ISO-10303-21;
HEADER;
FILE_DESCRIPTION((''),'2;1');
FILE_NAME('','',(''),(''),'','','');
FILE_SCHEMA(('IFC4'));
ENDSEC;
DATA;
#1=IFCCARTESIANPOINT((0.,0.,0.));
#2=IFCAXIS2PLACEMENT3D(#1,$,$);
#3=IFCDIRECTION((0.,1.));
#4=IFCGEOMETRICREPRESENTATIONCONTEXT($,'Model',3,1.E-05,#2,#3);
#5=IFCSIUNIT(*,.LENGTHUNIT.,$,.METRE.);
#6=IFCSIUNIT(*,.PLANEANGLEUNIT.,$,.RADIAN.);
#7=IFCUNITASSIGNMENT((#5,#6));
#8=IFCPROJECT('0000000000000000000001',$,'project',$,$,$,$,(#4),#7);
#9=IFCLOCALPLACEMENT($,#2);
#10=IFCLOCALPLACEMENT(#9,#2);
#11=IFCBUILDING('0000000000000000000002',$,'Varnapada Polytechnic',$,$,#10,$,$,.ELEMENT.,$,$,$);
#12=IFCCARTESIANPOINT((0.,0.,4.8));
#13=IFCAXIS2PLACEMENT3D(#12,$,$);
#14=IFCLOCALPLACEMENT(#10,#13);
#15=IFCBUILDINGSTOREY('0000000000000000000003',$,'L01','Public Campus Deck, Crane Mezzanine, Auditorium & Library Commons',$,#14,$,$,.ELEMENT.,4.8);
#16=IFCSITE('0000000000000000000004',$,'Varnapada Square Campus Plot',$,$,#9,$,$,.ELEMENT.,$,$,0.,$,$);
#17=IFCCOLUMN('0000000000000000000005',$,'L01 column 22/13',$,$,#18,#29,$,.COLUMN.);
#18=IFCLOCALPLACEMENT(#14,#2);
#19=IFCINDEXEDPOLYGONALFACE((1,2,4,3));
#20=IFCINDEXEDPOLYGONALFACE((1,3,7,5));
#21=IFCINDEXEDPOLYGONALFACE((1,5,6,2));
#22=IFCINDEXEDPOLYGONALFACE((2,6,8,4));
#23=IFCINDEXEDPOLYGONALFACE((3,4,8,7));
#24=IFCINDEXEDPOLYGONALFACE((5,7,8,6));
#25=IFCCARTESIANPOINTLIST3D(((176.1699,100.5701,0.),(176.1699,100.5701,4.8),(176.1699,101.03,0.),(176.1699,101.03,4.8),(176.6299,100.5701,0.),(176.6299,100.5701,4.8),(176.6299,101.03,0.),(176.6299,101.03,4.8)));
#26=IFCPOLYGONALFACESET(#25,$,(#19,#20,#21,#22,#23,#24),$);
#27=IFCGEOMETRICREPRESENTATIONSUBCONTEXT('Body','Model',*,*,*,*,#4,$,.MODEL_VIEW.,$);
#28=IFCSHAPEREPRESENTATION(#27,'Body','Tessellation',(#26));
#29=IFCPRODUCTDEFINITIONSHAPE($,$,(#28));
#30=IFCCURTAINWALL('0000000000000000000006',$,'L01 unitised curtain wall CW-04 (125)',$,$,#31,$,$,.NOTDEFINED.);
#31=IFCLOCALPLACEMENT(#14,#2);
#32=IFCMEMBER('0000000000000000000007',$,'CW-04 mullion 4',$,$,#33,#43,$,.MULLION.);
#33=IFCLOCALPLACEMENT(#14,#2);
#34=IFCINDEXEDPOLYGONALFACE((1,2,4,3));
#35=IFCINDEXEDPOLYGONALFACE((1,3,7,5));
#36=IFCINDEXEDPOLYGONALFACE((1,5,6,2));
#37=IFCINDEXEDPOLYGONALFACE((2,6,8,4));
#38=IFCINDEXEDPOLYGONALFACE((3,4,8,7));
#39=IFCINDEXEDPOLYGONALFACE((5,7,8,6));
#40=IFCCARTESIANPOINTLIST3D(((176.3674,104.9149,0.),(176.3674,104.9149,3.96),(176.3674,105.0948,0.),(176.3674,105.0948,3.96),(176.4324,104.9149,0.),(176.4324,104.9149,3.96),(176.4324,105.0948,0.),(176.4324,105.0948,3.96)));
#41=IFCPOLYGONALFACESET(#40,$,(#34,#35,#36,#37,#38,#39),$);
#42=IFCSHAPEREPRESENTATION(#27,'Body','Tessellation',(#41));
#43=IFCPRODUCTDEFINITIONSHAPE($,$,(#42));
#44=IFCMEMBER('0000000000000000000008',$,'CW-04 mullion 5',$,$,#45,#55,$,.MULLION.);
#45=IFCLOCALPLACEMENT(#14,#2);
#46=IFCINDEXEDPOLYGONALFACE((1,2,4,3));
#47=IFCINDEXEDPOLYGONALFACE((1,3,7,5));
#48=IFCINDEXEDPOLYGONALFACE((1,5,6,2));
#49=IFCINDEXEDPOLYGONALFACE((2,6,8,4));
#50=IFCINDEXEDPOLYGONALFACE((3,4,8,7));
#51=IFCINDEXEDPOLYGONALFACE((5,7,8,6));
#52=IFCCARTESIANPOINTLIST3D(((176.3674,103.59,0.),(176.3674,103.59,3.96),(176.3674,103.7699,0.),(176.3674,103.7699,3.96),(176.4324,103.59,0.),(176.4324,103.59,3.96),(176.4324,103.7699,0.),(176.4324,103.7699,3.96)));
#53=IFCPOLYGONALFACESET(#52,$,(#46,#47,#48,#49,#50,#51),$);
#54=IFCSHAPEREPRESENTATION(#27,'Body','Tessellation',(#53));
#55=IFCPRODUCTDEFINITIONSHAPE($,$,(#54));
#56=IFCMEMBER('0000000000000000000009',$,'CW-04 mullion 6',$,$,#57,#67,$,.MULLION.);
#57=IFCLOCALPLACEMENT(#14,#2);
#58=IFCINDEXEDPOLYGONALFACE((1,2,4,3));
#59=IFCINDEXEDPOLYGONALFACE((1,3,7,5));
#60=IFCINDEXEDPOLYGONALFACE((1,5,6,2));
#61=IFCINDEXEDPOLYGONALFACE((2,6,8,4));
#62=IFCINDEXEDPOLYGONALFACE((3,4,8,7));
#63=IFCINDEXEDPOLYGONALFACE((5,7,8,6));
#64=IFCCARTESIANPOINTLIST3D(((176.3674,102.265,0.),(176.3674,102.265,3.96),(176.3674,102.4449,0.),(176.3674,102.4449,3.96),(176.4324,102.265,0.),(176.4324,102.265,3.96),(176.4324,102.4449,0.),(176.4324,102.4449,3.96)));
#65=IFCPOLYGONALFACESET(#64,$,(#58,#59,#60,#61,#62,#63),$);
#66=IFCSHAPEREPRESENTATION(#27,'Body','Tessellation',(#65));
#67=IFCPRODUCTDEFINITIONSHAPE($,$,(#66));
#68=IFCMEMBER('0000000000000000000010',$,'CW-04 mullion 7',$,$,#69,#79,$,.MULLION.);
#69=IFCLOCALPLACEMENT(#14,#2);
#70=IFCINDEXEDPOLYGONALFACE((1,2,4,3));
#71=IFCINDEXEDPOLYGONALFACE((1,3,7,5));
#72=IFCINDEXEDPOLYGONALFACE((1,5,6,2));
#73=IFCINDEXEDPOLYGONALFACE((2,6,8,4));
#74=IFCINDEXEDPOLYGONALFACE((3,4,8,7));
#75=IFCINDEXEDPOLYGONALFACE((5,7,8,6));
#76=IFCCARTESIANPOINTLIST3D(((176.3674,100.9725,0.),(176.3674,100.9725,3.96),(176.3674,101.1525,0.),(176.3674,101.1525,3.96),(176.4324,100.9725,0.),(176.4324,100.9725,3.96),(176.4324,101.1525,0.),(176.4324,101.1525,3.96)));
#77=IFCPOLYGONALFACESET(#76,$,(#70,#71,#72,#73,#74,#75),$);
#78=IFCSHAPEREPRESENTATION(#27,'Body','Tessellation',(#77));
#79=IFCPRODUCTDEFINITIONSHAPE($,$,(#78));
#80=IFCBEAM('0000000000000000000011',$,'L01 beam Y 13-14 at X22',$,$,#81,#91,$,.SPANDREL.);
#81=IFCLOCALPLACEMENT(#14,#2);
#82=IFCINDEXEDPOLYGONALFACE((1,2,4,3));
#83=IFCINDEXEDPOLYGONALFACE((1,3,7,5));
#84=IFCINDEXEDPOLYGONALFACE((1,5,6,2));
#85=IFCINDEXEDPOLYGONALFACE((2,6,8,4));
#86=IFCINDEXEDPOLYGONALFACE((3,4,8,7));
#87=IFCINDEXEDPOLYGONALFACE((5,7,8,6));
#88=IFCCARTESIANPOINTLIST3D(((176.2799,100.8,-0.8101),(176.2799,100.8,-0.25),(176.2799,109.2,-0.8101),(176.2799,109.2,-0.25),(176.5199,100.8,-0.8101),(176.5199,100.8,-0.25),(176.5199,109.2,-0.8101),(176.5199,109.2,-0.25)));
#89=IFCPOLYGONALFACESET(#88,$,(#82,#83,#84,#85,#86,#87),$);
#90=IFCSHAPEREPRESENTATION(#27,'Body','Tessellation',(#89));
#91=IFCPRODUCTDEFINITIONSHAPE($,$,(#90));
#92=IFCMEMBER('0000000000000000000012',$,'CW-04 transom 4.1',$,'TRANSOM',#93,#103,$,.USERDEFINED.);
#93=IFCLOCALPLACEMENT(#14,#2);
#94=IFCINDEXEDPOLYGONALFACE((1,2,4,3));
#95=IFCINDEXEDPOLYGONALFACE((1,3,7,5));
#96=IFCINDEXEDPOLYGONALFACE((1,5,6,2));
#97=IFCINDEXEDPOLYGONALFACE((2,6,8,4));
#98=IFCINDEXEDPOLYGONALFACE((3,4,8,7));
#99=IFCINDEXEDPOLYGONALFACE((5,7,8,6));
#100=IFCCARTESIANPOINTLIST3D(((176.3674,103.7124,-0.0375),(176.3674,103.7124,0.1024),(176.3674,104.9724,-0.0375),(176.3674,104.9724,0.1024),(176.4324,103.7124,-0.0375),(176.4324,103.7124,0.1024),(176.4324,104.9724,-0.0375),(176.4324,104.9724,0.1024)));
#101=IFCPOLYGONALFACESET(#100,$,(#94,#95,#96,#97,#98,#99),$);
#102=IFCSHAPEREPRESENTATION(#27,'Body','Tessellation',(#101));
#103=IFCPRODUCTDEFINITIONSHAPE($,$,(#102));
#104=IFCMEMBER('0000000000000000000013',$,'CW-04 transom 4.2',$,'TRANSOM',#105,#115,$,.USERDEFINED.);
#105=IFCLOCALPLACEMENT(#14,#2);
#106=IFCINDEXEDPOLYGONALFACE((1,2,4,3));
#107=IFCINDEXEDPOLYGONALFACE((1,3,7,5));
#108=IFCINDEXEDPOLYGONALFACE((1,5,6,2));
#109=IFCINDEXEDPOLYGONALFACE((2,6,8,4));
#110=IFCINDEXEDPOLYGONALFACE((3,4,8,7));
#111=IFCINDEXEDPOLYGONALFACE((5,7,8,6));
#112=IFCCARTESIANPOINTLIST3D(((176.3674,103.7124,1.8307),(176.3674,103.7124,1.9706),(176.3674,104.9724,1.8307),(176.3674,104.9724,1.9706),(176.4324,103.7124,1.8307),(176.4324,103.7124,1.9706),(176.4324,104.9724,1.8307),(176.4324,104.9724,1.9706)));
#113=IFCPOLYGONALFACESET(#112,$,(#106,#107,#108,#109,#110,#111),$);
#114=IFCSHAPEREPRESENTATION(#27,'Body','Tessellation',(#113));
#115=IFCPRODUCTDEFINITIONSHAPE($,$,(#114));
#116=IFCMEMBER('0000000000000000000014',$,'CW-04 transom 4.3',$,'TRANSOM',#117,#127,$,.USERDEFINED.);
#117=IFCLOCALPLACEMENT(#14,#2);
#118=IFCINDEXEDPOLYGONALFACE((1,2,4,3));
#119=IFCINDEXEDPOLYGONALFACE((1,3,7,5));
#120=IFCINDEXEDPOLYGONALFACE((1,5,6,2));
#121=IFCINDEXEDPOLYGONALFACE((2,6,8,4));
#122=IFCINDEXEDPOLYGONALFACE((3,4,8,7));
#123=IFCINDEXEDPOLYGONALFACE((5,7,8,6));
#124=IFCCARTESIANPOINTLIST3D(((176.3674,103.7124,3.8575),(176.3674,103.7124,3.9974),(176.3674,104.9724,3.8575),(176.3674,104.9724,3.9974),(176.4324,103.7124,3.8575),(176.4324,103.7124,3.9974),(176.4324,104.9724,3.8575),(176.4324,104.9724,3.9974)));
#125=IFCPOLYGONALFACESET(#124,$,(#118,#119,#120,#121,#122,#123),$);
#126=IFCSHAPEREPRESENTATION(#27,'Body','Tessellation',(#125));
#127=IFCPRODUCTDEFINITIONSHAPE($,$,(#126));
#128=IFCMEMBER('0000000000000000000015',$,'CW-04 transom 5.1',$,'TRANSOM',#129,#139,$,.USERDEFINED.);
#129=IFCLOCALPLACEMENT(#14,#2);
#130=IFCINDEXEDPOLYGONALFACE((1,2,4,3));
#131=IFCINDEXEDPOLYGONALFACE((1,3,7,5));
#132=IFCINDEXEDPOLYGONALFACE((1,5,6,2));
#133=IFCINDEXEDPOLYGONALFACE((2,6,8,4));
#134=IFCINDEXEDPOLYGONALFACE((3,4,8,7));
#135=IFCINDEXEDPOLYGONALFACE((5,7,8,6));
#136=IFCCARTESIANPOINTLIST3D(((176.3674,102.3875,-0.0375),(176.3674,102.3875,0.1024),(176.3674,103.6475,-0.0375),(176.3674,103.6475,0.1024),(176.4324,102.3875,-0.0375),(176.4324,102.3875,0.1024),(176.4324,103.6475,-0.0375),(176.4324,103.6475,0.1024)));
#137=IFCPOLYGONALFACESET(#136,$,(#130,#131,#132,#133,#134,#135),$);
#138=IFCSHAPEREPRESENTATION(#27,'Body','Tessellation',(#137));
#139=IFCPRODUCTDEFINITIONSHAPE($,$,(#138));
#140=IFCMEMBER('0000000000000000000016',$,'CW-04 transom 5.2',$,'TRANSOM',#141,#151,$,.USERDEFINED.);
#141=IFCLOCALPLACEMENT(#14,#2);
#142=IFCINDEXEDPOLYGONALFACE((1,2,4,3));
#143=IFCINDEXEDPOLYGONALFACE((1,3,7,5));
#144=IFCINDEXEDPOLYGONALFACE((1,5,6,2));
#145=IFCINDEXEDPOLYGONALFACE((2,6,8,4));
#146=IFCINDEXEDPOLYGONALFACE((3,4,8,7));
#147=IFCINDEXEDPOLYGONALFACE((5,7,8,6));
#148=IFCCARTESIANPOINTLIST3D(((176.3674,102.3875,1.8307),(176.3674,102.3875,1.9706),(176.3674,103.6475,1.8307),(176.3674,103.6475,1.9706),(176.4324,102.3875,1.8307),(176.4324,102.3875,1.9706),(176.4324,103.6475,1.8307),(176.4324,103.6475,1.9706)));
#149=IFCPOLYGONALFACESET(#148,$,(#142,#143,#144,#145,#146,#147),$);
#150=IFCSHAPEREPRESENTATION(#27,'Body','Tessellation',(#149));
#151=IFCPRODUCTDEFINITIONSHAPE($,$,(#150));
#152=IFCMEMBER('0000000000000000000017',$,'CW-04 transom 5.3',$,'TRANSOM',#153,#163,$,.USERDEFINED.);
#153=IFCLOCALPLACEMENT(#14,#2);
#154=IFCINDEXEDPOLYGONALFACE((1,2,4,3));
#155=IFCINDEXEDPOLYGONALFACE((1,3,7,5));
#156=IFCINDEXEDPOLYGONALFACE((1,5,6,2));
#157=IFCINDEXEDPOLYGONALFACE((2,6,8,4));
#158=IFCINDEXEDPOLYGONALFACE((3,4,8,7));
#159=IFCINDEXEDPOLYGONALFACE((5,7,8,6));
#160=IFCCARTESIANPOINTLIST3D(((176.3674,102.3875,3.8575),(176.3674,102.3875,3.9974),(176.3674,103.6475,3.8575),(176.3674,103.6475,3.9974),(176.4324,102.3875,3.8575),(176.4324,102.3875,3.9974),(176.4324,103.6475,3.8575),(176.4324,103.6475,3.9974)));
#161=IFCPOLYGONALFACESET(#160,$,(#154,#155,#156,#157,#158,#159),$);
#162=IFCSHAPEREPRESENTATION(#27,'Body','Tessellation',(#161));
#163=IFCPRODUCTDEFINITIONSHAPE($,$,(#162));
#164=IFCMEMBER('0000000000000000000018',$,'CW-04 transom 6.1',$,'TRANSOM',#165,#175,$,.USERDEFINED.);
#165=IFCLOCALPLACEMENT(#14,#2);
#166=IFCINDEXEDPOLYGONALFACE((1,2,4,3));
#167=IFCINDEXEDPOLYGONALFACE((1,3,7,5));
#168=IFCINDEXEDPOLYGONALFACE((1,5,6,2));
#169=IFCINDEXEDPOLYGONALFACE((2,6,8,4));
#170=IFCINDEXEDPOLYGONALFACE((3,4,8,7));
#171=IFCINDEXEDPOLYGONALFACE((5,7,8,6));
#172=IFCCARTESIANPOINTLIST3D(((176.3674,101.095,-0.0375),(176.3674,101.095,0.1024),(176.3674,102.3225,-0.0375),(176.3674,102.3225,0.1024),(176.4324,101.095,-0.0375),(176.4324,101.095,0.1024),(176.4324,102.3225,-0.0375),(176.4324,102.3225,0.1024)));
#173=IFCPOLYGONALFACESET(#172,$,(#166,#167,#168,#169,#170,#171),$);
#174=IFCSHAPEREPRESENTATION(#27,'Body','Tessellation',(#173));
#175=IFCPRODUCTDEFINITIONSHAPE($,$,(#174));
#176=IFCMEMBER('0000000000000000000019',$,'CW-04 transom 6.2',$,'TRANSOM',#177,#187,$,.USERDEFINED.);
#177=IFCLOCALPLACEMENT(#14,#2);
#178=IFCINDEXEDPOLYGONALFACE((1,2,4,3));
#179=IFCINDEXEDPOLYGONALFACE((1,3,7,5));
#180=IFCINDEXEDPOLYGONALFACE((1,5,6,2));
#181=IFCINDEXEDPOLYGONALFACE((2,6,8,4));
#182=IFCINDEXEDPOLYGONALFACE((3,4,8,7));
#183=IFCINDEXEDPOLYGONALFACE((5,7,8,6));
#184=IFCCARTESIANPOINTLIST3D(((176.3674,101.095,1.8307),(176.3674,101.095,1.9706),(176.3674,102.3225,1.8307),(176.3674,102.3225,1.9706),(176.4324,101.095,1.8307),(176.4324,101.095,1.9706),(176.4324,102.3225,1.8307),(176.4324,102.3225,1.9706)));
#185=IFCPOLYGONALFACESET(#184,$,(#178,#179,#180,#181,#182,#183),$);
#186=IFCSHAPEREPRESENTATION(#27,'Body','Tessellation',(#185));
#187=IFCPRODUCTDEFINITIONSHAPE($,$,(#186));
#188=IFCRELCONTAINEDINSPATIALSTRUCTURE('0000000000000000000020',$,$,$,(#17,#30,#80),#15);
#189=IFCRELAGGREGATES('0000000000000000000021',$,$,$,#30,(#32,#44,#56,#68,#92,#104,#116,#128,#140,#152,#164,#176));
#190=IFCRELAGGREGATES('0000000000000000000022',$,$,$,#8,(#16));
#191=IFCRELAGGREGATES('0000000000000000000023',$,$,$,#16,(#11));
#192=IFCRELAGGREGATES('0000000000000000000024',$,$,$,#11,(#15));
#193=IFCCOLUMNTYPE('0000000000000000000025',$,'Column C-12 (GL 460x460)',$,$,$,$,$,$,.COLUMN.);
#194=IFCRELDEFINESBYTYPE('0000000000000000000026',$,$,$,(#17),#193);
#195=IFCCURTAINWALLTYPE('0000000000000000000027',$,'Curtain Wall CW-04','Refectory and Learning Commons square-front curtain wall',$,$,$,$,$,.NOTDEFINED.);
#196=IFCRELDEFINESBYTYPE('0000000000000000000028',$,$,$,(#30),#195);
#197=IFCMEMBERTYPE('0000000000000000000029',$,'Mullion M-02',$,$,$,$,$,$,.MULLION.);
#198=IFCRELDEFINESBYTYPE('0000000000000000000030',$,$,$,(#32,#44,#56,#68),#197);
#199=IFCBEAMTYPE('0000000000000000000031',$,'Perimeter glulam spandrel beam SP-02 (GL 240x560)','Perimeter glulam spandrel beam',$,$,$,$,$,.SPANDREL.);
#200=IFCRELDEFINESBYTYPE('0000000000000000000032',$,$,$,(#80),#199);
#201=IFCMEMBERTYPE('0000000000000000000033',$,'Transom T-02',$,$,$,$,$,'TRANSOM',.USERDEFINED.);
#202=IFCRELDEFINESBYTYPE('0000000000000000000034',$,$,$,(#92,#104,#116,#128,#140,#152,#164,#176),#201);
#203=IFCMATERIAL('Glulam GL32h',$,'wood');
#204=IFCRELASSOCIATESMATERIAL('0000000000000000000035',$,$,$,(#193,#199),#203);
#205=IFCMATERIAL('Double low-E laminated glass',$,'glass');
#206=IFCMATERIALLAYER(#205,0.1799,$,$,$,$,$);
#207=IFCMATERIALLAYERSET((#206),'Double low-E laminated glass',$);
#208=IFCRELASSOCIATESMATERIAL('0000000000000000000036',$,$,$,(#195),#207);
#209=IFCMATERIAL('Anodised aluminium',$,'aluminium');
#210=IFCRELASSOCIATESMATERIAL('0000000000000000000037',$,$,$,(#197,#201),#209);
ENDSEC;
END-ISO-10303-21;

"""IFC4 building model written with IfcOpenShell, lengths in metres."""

from ifc_helpers import new_model, si_unit, direction, frame, origin, origin_2d, place, context, subcontext, project, spatial, rectangle, extrude, material, layer, layer_set, material_profile, profile_set, type_object, element, aggregate, save


model = new_model("IFC4")

# Units and contexts
model_context = context("Model", 3, precision=1e-05, world=origin(), true_north=direction((0.0, 1.0)))
body_context = subcontext(model_context, "Body", "Model", "MODEL_VIEW")
ifc_project = project(units=[si_unit("LENGTHUNIT", "METRE"), si_unit("PLANEANGLEUNIT", "RADIAN")], contexts=[model_context])

# Site, building, storey
site_placement = place(None, origin())
site = spatial("IfcSite", under=ifc_project, at=site_placement, Name="Varnapada Square Campus Plot", CompositionType="ELEMENT", RefElevation=0.0)
building_placement = place(site_placement, origin())
building = spatial("IfcBuilding", under=site, at=building_placement, Name="Varnapada Polytechnic", CompositionType="ELEMENT")
storey_placement = place(building_placement, frame((0.0, 0.0, 4.8)))
storey = spatial("IfcBuildingStorey", under=building, at=storey_placement, Name="L01", Description="Public Campus Deck, Crane Mezzanine, Auditorium & Library Commons", CompositionType="ELEMENT", Elevation=4.8)

# Column
ifc_material_1 = material(Name="Glulam GL32h", Category="wood")
ifc_material_profile_1 = material_profile(ifc_material_1, rectangle(XDim=0.46, YDim=0.46, at=origin_2d()), Name="GL 460x460")
ifc_profile_set_1 = profile_set([ifc_material_profile_1], Name="Glulam GL32h")
column_type = type_object("IfcColumnType", Name="Column C-12 (GL 460x460)", PredefinedType="COLUMN", material=ifc_profile_set_1)
column_placement = place(storey_placement, frame((176.3999, 100.8, 0.0), z_axis=(0.0, 0.0, 1.0), x_axis=(1.0, 0.0, 0.0)))
element("IfcColumn", 1, at=column_placement, inside=storey, type_object=column_type, Name="L01 column 22/13", PredefinedType="COLUMN", context=body_context, shape_type="SweptSolid", body=[
    extrude(rectangle(XDim=0.46, YDim=0.46, at=origin_2d()), origin(), (0.0, 0.0, 1.0), 4.8),
])

# Curtain wall, members
ifc_material_2 = material(Name="Double low-E laminated glass", Category="glass")
ifc_layer_1 = layer(ifc_material_2, 0.1799)
ifc_layer_set_1 = layer_set([ifc_layer_1], Name="Double low-E laminated glass")
curtain_wall_type = type_object("IfcCurtainWallType", Name="Curtain Wall CW-04", Description="Refectory and Learning Commons square-front curtain wall", PredefinedType="NOTDEFINED", material=ifc_layer_set_1)
curtain_wall_placement = place(storey_placement, origin())
curtain_wall = element("IfcCurtainWall", 2, at=curtain_wall_placement, inside=storey, type_object=curtain_wall_type, Name="L01 unitised curtain wall CW-04 (125)", PredefinedType="NOTDEFINED")
ifc_material_3 = material(Name="Anodised aluminium", Category="aluminium")
ifc_material_profile_2 = material_profile(ifc_material_3, rectangle(XDim=0.0649, YDim=0.1799, at=origin_2d()), Name="ALU M65x180")
ifc_profile_set_2 = profile_set([ifc_material_profile_2], Name="Anodised aluminium")
member_type_1 = type_object("IfcMemberType", Name="Mullion M-02", PredefinedType="MULLION", material=ifc_profile_set_2)
member_1_placement = place(storey_placement, frame((176.3999, 105.0049, 0.0), z_axis=(0.0, 0.0, 1.0), x_axis=(1.0, 0.0, 0.0)))
member_1 = element("IfcMember", 3, at=member_1_placement, type_object=member_type_1, Name="CW-04 mullion 4", PredefinedType="MULLION", context=body_context, shape_type="SweptSolid", body=[
    extrude(rectangle(XDim=0.0649, YDim=0.1799, at=origin_2d()), origin(), (0.0, 0.0, 1.0), 3.96),
])
member_2_placement = place(storey_placement, frame((176.3999, 103.6799, 0.0), z_axis=(0.0, 0.0, 1.0), x_axis=(1.0, 0.0, 0.0)))
member_2 = element("IfcMember", 4, at=member_2_placement, type_object=member_type_1, Name="CW-04 mullion 5", PredefinedType="MULLION", context=body_context, shape_type="SweptSolid", body=[
    extrude(rectangle(XDim=0.0649, YDim=0.1799, at=origin_2d()), origin(), (0.0, 0.0, 1.0), 3.96),
])
member_3_placement = place(storey_placement, frame((176.3999, 102.355, 0.0), z_axis=(0.0, 0.0, 1.0), x_axis=(1.0, 0.0, 0.0)))
member_3 = element("IfcMember", 5, at=member_3_placement, type_object=member_type_1, Name="CW-04 mullion 6", PredefinedType="MULLION", context=body_context, shape_type="SweptSolid", body=[
    extrude(rectangle(XDim=0.0649, YDim=0.1799, at=origin_2d()), origin(), (0.0, 0.0, 1.0), 3.96),
])
member_4_placement = place(storey_placement, frame((176.3999, 101.0625, 0.0), z_axis=(0.0, 0.0, 1.0), x_axis=(1.0, 0.0, 0.0)))
member_4 = element("IfcMember", 6, at=member_4_placement, type_object=member_type_1, Name="CW-04 mullion 7", PredefinedType="MULLION", context=body_context, shape_type="SweptSolid", body=[
    extrude(rectangle(XDim=0.0649, YDim=0.1799, at=origin_2d()), origin(), (0.0, 0.0, 1.0), 3.96),
])

# Beam
ifc_material_profile_3 = material_profile(ifc_material_1, rectangle(XDim=0.24, YDim=0.5601, at=origin_2d()), Name="GL 240x560")
ifc_profile_set_3 = profile_set([ifc_material_profile_3], Name="Glulam GL32h")
beam_type = type_object("IfcBeamType", Name="Perimeter glulam spandrel beam SP-02 (GL 240x560)", Description="Perimeter glulam spandrel beam", PredefinedType="SPANDREL", material=ifc_profile_set_3)
beam_placement = place(storey_placement, frame((176.3999, 100.8, -0.53), z_axis=(0.0, 1.0, 0.0), x_axis=(-1.0, 0.0, 0.0)))
element("IfcBeam", 7, at=beam_placement, inside=storey, type_object=beam_type, Name="L01 beam Y 13-14 at X22", PredefinedType="SPANDREL", context=body_context, shape_type="SweptSolid", body=[
    extrude(rectangle(XDim=0.24, YDim=0.5601, at=origin_2d()), origin(), (0.0, 0.0, 1.0), 8.3999),
])

# Members
ifc_material_profile_4 = material_profile(ifc_material_3, rectangle(XDim=0.0649, YDim=0.1399, at=origin_2d()), Name="ALU T65x140")
ifc_profile_set_4 = profile_set([ifc_material_profile_4], Name="Anodised aluminium")
member_type_2 = type_object("IfcMemberType", Name="Transom T-02", ElementType="TRANSOM", PredefinedType="USERDEFINED", material=ifc_profile_set_4)
member_5_placement = place(storey_placement, frame((176.3999, 104.9724, 0.0325), z_axis=(0.0, -1.0, 0.0), x_axis=(1.0, 0.0, 0.0)))
member_5 = element("IfcMember", 8, at=member_5_placement, type_object=member_type_2, Name="CW-04 transom 4.1", ObjectType="TRANSOM", PredefinedType="USERDEFINED", context=body_context, shape_type="SweptSolid", body=[
    extrude(rectangle(XDim=0.0649, YDim=0.1399, at=origin_2d()), origin(), (0.0, 0.0, 1.0), 1.26),
])
member_6_placement = place(storey_placement, frame((176.3999, 104.9724, 1.9006), z_axis=(0.0, -1.0, 0.0), x_axis=(1.0, 0.0, 0.0)))
member_6 = element("IfcMember", 9, at=member_6_placement, type_object=member_type_2, Name="CW-04 transom 4.2", ObjectType="TRANSOM", PredefinedType="USERDEFINED", context=body_context, shape_type="SweptSolid", body=[
    extrude(rectangle(XDim=0.0649, YDim=0.1399, at=origin_2d()), origin(), (0.0, 0.0, 1.0), 1.26),
])
member_7_placement = place(storey_placement, frame((176.3999, 104.9724, 3.9275), z_axis=(0.0, -1.0, 0.0), x_axis=(1.0, 0.0, 0.0)))
member_7 = element("IfcMember", 10, at=member_7_placement, type_object=member_type_2, Name="CW-04 transom 4.3", ObjectType="TRANSOM", PredefinedType="USERDEFINED", context=body_context, shape_type="SweptSolid", body=[
    extrude(rectangle(XDim=0.0649, YDim=0.1399, at=origin_2d()), origin(), (0.0, 0.0, 1.0), 1.26),
])
member_8_placement = place(storey_placement, frame((176.3999, 103.6475, 0.0325), z_axis=(0.0, -1.0, 0.0), x_axis=(1.0, 0.0, 0.0)))
member_8 = element("IfcMember", 11, at=member_8_placement, type_object=member_type_2, Name="CW-04 transom 5.1", ObjectType="TRANSOM", PredefinedType="USERDEFINED", context=body_context, shape_type="SweptSolid", body=[
    extrude(rectangle(XDim=0.0649, YDim=0.1399, at=origin_2d()), origin(), (0.0, 0.0, 1.0), 1.26),
])
member_9_placement = place(storey_placement, frame((176.3999, 103.6475, 1.9006), z_axis=(0.0, -1.0, 0.0), x_axis=(1.0, 0.0, 0.0)))
member_9 = element("IfcMember", 12, at=member_9_placement, type_object=member_type_2, Name="CW-04 transom 5.2", ObjectType="TRANSOM", PredefinedType="USERDEFINED", context=body_context, shape_type="SweptSolid", body=[
    extrude(rectangle(XDim=0.0649, YDim=0.1399, at=origin_2d()), origin(), (0.0, 0.0, 1.0), 1.26),
])
member_10_placement = place(storey_placement, frame((176.3999, 103.6475, 3.9275), z_axis=(0.0, -1.0, 0.0), x_axis=(1.0, 0.0, 0.0)))
member_10 = element("IfcMember", 13, at=member_10_placement, type_object=member_type_2, Name="CW-04 transom 5.3", ObjectType="TRANSOM", PredefinedType="USERDEFINED", context=body_context, shape_type="SweptSolid", body=[
    extrude(rectangle(XDim=0.0649, YDim=0.1399, at=origin_2d()), origin(), (0.0, 0.0, 1.0), 1.26),
])
member_11_placement = place(storey_placement, frame((176.3999, 102.3225, 0.0325), z_axis=(0.0, -1.0, 0.0), x_axis=(1.0, 0.0, 0.0)))
member_11 = element("IfcMember", 14, at=member_11_placement, type_object=member_type_2, Name="CW-04 transom 6.1", ObjectType="TRANSOM", PredefinedType="USERDEFINED", context=body_context, shape_type="SweptSolid", body=[
    extrude(rectangle(XDim=0.0649, YDim=0.1399, at=origin_2d()), origin(), (0.0, 0.0, 1.0), 1.2275),
])
member_12_placement = place(storey_placement, frame((176.3999, 102.3225, 1.9006), z_axis=(0.0, -1.0, 0.0), x_axis=(1.0, 0.0, 0.0)))
member_12 = element("IfcMember", 15, at=member_12_placement, type_object=member_type_2, Name="CW-04 transom 6.2", ObjectType="TRANSOM", PredefinedType="USERDEFINED", context=body_context, shape_type="SweptSolid", body=[
    extrude(rectangle(XDim=0.0649, YDim=0.1399, at=origin_2d()), origin(), (0.0, 0.0, 1.0), 1.2275),
])

aggregate(curtain_wall, [member_1, member_2, member_3, member_4, member_5, member_6, member_7, member_8, member_9, member_10, member_11, member_12])

save(model, "model.ifc")
